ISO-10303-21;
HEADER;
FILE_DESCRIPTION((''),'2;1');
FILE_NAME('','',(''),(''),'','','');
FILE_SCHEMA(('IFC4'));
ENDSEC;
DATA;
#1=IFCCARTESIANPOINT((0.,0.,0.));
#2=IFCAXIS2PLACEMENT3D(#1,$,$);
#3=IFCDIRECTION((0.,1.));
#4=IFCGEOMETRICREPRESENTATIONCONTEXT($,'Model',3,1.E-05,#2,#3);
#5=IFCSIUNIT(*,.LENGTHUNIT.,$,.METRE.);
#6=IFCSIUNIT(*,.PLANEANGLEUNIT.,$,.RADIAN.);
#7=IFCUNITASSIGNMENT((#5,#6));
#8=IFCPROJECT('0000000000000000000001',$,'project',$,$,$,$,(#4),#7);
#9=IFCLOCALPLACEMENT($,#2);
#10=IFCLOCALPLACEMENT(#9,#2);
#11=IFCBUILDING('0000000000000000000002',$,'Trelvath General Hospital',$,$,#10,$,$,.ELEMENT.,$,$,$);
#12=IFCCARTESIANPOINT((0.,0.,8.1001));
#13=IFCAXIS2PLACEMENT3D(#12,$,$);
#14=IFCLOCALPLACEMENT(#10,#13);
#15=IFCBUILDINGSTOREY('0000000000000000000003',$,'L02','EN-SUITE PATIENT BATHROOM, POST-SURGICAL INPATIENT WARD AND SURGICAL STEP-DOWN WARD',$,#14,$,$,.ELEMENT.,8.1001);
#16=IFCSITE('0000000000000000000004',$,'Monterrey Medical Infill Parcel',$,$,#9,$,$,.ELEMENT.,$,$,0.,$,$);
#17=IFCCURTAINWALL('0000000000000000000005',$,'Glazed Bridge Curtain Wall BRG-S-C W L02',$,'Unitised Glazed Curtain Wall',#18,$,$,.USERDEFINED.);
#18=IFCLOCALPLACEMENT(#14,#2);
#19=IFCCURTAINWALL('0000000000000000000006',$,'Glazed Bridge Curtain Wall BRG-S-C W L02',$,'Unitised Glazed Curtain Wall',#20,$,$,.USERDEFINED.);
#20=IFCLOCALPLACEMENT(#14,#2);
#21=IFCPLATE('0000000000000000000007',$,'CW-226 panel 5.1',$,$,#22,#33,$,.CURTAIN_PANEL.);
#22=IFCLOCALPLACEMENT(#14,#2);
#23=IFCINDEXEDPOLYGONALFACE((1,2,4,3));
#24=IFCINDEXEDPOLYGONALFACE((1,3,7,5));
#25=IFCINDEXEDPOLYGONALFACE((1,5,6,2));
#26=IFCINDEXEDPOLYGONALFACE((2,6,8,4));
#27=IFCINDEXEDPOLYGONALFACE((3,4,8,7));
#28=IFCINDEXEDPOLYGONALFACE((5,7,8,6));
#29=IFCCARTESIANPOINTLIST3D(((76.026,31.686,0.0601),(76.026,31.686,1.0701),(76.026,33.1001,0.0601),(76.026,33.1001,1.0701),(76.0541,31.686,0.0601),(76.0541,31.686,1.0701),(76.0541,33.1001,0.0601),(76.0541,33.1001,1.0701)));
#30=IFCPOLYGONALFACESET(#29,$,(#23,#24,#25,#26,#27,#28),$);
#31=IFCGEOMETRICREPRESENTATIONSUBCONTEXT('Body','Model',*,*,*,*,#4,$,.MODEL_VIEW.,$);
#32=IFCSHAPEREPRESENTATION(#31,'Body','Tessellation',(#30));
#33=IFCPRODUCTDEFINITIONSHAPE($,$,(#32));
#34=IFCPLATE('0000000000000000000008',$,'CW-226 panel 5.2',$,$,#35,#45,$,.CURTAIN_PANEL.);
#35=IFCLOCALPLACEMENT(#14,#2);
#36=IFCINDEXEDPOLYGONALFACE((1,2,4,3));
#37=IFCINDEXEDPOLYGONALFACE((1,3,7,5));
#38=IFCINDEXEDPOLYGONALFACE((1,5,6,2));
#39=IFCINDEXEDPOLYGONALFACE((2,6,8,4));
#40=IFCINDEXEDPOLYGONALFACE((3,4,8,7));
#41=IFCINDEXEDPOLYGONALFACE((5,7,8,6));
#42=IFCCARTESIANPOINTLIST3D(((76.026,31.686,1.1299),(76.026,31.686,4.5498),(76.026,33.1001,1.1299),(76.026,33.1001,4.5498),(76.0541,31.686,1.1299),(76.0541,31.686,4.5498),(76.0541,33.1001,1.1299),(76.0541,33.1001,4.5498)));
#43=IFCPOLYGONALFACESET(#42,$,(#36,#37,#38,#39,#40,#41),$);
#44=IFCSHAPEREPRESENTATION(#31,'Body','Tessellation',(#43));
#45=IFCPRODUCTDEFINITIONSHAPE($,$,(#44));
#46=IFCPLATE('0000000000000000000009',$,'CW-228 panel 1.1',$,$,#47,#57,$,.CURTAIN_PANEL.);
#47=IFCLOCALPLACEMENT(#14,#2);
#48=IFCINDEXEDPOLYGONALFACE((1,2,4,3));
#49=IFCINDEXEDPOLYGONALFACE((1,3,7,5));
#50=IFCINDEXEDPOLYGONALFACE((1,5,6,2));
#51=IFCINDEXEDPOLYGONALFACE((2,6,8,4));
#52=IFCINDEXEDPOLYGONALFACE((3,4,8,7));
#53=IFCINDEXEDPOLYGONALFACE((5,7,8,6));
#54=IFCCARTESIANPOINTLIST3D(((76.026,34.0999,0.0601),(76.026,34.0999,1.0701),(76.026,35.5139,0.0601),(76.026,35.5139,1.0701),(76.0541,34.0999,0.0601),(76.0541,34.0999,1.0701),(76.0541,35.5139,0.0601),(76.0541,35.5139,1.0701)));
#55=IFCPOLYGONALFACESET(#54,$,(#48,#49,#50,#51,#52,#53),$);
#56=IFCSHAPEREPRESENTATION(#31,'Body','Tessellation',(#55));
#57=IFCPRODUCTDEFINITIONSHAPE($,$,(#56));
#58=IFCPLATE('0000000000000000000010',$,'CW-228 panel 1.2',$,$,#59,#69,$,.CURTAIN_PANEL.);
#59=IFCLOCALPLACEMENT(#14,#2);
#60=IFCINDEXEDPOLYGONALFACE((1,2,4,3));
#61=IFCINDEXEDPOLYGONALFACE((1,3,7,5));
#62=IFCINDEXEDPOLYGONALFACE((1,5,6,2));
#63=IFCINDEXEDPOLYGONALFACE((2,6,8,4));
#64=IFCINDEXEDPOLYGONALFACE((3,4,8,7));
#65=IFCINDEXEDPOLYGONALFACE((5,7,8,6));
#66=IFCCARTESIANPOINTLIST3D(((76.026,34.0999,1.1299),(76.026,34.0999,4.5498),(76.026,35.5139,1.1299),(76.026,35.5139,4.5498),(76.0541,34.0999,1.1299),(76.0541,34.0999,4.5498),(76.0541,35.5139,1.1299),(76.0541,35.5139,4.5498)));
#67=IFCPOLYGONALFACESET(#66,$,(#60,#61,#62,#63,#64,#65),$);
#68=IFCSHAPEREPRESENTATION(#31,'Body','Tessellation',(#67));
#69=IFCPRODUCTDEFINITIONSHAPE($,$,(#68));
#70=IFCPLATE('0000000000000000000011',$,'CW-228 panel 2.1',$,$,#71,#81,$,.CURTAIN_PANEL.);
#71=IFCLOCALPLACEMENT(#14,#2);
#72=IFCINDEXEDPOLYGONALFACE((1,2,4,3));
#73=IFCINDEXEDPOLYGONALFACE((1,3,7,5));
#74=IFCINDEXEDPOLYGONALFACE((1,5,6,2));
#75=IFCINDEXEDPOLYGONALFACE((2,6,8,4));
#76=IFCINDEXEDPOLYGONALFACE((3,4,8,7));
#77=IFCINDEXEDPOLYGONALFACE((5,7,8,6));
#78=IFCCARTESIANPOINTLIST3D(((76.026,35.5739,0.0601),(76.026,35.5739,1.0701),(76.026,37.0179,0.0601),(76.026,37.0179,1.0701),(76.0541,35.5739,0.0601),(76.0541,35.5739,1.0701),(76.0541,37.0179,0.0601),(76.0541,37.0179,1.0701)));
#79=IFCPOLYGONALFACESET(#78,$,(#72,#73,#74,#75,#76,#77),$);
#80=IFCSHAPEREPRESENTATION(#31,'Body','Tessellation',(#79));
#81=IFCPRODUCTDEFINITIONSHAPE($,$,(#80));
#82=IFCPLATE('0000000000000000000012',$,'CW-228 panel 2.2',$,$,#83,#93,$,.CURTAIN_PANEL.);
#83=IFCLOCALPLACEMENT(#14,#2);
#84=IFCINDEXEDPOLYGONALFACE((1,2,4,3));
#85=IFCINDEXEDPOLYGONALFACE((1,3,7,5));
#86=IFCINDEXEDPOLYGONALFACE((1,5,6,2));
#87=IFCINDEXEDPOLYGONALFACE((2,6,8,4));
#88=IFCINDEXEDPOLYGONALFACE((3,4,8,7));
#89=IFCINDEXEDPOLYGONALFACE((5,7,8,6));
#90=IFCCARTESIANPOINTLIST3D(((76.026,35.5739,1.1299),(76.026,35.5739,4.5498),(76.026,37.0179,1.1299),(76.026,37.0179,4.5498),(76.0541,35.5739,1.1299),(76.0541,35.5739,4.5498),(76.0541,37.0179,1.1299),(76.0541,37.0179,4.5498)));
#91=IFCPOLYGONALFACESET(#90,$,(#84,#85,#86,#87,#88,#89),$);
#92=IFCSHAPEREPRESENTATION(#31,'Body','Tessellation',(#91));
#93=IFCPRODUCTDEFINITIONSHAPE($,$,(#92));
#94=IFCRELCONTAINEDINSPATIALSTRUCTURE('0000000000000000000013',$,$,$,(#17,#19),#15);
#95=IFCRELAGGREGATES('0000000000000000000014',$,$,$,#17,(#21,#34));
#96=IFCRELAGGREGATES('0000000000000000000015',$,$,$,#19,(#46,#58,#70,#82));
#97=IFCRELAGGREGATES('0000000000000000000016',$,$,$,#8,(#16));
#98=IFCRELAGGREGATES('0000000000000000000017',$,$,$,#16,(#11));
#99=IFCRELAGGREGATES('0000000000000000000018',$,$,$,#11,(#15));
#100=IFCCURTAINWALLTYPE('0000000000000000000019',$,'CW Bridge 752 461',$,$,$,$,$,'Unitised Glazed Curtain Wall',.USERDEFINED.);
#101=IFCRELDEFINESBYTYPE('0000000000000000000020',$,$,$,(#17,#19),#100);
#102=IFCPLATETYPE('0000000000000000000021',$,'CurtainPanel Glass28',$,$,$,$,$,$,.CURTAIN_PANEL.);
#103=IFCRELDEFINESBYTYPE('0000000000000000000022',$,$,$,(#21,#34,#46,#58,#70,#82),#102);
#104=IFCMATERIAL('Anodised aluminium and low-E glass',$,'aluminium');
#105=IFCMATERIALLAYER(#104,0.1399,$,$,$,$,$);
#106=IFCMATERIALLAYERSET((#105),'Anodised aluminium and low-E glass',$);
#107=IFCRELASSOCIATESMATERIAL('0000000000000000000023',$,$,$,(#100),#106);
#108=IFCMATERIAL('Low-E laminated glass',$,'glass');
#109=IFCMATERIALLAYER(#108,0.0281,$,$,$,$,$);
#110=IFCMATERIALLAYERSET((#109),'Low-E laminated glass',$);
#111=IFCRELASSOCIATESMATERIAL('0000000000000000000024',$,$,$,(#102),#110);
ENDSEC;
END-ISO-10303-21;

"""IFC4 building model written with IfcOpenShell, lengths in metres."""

from ifc_helpers import new_model, si_unit, direction, frame, origin, origin_2d, place, context, subcontext, project, spatial, rectangle, extrude, material, layer, layer_set, type_object, element, aggregate, save


model = new_model("IFC4")

# Units and contexts
model_context = context("Model", 3, precision=1e-05, world=origin(), true_north=direction((0.0, 1.0)))
body_context = subcontext(model_context, "Body", "Model", "MODEL_VIEW")
ifc_project = project(units=[si_unit("LENGTHUNIT", "METRE"), si_unit("PLANEANGLEUNIT", "RADIAN")], contexts=[model_context])

# Site, building, storey
site_placement = place(None, origin())
site = spatial("IfcSite", under=ifc_project, at=site_placement, Name="Monterrey Medical Infill Parcel", CompositionType="ELEMENT", RefElevation=0.0)
building_placement = place(site_placement, origin())
building = spatial("IfcBuilding", under=site, at=building_placement, Name="Trelvath General Hospital", CompositionType="ELEMENT")
storey_placement = place(building_placement, frame((0.0, 0.0, 8.1001)))
storey = spatial("IfcBuildingStorey", under=building, at=storey_placement, Name="L02", Description="EN-SUITE PATIENT BATHROOM, POST-SURGICAL INPATIENT WARD AND SURGICAL STEP-DOWN WARD", CompositionType="ELEMENT", Elevation=8.1001)

# Curtain walls
ifc_material_1 = material(Name="Anodised aluminium and low-E glass", Category="aluminium")
ifc_layer_1 = layer(ifc_material_1, 0.1399)
ifc_layer_set_1 = layer_set([ifc_layer_1], Name="Anodised aluminium and low-E glass")
curtain_wall_type = type_object("IfcCurtainWallType", Name="CW Bridge 752 461", ElementType="Unitised Glazed Curtain Wall", PredefinedType="USERDEFINED", material=ifc_layer_set_1)
curtain_wall_1_placement = place(storey_placement, origin())
curtain_wall_1 = element("IfcCurtainWall", 1, at=curtain_wall_1_placement, inside=storey, type_object=curtain_wall_type, Name="Glazed Bridge Curtain Wall BRG-S-C W L02", ObjectType="Unitised Glazed Curtain Wall", PredefinedType="USERDEFINED")
curtain_wall_2_placement = place(storey_placement, origin())
curtain_wall_2 = element("IfcCurtainWall", 2, at=curtain_wall_2_placement, inside=storey, type_object=curtain_wall_type, Name="Glazed Bridge Curtain Wall BRG-S-C W L02", ObjectType="Unitised Glazed Curtain Wall", PredefinedType="USERDEFINED")

# Plates
ifc_material_2 = material(Name="Low-E laminated glass", Category="glass")
ifc_layer_2 = layer(ifc_material_2, 0.0281)
ifc_layer_set_2 = layer_set([ifc_layer_2], Name="Low-E laminated glass")
plate_type = type_object("IfcPlateType", Name="CurtainPanel Glass28", PredefinedType="CURTAIN_PANEL", material=ifc_layer_set_2)
plate_1_placement = place(storey_placement, frame((76.04, 32.3931, 0.0601), z_axis=(0.0, 0.0, 1.0), x_axis=(0.0, 1.0, 0.0)))
plate_1 = element("IfcPlate", 3, at=plate_1_placement, type_object=plate_type, Name="CW-226 panel 5.1", PredefinedType="CURTAIN_PANEL", context=body_context, shape_type="SweptSolid", body=[
    extrude(rectangle(XDim=1.4141, YDim=0.0281, at=origin_2d()), origin(), (0.0, 0.0, 1.0), 1.01),
])
plate_2_placement = place(storey_placement, frame((76.04, 32.3931, 1.1299), z_axis=(0.0, 0.0, 1.0), x_axis=(0.0, 1.0, 0.0)))
plate_2 = element("IfcPlate", 4, at=plate_2_placement, type_object=plate_type, Name="CW-226 panel 5.2", PredefinedType="CURTAIN_PANEL", context=body_context, shape_type="SweptSolid", body=[
    extrude(rectangle(XDim=1.4141, YDim=0.0281, at=origin_2d()), origin(), (0.0, 0.0, 1.0), 3.4199),
])
aggregate(curtain_wall_1, [plate_1, plate_2])
plate_3_placement = place(storey_placement, frame((76.04, 34.8069, 0.0601), z_axis=(0.0, 0.0, 1.0), x_axis=(0.0, 1.0, 0.0)))
plate_3 = element("IfcPlate", 5, at=plate_3_placement, type_object=plate_type, Name="CW-228 panel 1.1", PredefinedType="CURTAIN_PANEL", context=body_context, shape_type="SweptSolid", body=[
    extrude(rectangle(XDim=1.4141, YDim=0.0281, at=origin_2d()), origin(), (0.0, 0.0, 1.0), 1.01),
])
plate_4_placement = place(storey_placement, frame((76.04, 34.8069, 1.1299), z_axis=(0.0, 0.0, 1.0), x_axis=(0.0, 1.0, 0.0)))
plate_4 = element("IfcPlate", 6, at=plate_4_placement, type_object=plate_type, Name="CW-228 panel 1.2", PredefinedType="CURTAIN_PANEL", context=body_context, shape_type="SweptSolid", body=[
    extrude(rectangle(XDim=1.4141, YDim=0.0281, at=origin_2d()), origin(), (0.0, 0.0, 1.0), 3.4199),
])
plate_5_placement = place(storey_placement, frame((76.04, 36.2959, 0.0601), z_axis=(0.0, 0.0, 1.0), x_axis=(0.0, 1.0, 0.0)))
plate_5 = element("IfcPlate", 7, at=plate_5_placement, type_object=plate_type, Name="CW-228 panel 2.1", PredefinedType="CURTAIN_PANEL", context=body_context, shape_type="SweptSolid", body=[
    extrude(rectangle(XDim=1.4441, YDim=0.0281, at=origin_2d()), origin(), (0.0, 0.0, 1.0), 1.01),
])
plate_6_placement = place(storey_placement, frame((76.04, 36.2959, 1.1299), z_axis=(0.0, 0.0, 1.0), x_axis=(0.0, 1.0, 0.0)))
plate_6 = element("IfcPlate", 8, at=plate_6_placement, type_object=plate_type, Name="CW-228 panel 2.2", PredefinedType="CURTAIN_PANEL", context=body_context, shape_type="SweptSolid", body=[
    extrude(rectangle(XDim=1.4441, YDim=0.0281, at=origin_2d()), origin(), (0.0, 0.0, 1.0), 3.4199),
])
aggregate(curtain_wall_2, [plate_3, plate_4, plate_5, plate_6])

save(model, "model.ifc")
